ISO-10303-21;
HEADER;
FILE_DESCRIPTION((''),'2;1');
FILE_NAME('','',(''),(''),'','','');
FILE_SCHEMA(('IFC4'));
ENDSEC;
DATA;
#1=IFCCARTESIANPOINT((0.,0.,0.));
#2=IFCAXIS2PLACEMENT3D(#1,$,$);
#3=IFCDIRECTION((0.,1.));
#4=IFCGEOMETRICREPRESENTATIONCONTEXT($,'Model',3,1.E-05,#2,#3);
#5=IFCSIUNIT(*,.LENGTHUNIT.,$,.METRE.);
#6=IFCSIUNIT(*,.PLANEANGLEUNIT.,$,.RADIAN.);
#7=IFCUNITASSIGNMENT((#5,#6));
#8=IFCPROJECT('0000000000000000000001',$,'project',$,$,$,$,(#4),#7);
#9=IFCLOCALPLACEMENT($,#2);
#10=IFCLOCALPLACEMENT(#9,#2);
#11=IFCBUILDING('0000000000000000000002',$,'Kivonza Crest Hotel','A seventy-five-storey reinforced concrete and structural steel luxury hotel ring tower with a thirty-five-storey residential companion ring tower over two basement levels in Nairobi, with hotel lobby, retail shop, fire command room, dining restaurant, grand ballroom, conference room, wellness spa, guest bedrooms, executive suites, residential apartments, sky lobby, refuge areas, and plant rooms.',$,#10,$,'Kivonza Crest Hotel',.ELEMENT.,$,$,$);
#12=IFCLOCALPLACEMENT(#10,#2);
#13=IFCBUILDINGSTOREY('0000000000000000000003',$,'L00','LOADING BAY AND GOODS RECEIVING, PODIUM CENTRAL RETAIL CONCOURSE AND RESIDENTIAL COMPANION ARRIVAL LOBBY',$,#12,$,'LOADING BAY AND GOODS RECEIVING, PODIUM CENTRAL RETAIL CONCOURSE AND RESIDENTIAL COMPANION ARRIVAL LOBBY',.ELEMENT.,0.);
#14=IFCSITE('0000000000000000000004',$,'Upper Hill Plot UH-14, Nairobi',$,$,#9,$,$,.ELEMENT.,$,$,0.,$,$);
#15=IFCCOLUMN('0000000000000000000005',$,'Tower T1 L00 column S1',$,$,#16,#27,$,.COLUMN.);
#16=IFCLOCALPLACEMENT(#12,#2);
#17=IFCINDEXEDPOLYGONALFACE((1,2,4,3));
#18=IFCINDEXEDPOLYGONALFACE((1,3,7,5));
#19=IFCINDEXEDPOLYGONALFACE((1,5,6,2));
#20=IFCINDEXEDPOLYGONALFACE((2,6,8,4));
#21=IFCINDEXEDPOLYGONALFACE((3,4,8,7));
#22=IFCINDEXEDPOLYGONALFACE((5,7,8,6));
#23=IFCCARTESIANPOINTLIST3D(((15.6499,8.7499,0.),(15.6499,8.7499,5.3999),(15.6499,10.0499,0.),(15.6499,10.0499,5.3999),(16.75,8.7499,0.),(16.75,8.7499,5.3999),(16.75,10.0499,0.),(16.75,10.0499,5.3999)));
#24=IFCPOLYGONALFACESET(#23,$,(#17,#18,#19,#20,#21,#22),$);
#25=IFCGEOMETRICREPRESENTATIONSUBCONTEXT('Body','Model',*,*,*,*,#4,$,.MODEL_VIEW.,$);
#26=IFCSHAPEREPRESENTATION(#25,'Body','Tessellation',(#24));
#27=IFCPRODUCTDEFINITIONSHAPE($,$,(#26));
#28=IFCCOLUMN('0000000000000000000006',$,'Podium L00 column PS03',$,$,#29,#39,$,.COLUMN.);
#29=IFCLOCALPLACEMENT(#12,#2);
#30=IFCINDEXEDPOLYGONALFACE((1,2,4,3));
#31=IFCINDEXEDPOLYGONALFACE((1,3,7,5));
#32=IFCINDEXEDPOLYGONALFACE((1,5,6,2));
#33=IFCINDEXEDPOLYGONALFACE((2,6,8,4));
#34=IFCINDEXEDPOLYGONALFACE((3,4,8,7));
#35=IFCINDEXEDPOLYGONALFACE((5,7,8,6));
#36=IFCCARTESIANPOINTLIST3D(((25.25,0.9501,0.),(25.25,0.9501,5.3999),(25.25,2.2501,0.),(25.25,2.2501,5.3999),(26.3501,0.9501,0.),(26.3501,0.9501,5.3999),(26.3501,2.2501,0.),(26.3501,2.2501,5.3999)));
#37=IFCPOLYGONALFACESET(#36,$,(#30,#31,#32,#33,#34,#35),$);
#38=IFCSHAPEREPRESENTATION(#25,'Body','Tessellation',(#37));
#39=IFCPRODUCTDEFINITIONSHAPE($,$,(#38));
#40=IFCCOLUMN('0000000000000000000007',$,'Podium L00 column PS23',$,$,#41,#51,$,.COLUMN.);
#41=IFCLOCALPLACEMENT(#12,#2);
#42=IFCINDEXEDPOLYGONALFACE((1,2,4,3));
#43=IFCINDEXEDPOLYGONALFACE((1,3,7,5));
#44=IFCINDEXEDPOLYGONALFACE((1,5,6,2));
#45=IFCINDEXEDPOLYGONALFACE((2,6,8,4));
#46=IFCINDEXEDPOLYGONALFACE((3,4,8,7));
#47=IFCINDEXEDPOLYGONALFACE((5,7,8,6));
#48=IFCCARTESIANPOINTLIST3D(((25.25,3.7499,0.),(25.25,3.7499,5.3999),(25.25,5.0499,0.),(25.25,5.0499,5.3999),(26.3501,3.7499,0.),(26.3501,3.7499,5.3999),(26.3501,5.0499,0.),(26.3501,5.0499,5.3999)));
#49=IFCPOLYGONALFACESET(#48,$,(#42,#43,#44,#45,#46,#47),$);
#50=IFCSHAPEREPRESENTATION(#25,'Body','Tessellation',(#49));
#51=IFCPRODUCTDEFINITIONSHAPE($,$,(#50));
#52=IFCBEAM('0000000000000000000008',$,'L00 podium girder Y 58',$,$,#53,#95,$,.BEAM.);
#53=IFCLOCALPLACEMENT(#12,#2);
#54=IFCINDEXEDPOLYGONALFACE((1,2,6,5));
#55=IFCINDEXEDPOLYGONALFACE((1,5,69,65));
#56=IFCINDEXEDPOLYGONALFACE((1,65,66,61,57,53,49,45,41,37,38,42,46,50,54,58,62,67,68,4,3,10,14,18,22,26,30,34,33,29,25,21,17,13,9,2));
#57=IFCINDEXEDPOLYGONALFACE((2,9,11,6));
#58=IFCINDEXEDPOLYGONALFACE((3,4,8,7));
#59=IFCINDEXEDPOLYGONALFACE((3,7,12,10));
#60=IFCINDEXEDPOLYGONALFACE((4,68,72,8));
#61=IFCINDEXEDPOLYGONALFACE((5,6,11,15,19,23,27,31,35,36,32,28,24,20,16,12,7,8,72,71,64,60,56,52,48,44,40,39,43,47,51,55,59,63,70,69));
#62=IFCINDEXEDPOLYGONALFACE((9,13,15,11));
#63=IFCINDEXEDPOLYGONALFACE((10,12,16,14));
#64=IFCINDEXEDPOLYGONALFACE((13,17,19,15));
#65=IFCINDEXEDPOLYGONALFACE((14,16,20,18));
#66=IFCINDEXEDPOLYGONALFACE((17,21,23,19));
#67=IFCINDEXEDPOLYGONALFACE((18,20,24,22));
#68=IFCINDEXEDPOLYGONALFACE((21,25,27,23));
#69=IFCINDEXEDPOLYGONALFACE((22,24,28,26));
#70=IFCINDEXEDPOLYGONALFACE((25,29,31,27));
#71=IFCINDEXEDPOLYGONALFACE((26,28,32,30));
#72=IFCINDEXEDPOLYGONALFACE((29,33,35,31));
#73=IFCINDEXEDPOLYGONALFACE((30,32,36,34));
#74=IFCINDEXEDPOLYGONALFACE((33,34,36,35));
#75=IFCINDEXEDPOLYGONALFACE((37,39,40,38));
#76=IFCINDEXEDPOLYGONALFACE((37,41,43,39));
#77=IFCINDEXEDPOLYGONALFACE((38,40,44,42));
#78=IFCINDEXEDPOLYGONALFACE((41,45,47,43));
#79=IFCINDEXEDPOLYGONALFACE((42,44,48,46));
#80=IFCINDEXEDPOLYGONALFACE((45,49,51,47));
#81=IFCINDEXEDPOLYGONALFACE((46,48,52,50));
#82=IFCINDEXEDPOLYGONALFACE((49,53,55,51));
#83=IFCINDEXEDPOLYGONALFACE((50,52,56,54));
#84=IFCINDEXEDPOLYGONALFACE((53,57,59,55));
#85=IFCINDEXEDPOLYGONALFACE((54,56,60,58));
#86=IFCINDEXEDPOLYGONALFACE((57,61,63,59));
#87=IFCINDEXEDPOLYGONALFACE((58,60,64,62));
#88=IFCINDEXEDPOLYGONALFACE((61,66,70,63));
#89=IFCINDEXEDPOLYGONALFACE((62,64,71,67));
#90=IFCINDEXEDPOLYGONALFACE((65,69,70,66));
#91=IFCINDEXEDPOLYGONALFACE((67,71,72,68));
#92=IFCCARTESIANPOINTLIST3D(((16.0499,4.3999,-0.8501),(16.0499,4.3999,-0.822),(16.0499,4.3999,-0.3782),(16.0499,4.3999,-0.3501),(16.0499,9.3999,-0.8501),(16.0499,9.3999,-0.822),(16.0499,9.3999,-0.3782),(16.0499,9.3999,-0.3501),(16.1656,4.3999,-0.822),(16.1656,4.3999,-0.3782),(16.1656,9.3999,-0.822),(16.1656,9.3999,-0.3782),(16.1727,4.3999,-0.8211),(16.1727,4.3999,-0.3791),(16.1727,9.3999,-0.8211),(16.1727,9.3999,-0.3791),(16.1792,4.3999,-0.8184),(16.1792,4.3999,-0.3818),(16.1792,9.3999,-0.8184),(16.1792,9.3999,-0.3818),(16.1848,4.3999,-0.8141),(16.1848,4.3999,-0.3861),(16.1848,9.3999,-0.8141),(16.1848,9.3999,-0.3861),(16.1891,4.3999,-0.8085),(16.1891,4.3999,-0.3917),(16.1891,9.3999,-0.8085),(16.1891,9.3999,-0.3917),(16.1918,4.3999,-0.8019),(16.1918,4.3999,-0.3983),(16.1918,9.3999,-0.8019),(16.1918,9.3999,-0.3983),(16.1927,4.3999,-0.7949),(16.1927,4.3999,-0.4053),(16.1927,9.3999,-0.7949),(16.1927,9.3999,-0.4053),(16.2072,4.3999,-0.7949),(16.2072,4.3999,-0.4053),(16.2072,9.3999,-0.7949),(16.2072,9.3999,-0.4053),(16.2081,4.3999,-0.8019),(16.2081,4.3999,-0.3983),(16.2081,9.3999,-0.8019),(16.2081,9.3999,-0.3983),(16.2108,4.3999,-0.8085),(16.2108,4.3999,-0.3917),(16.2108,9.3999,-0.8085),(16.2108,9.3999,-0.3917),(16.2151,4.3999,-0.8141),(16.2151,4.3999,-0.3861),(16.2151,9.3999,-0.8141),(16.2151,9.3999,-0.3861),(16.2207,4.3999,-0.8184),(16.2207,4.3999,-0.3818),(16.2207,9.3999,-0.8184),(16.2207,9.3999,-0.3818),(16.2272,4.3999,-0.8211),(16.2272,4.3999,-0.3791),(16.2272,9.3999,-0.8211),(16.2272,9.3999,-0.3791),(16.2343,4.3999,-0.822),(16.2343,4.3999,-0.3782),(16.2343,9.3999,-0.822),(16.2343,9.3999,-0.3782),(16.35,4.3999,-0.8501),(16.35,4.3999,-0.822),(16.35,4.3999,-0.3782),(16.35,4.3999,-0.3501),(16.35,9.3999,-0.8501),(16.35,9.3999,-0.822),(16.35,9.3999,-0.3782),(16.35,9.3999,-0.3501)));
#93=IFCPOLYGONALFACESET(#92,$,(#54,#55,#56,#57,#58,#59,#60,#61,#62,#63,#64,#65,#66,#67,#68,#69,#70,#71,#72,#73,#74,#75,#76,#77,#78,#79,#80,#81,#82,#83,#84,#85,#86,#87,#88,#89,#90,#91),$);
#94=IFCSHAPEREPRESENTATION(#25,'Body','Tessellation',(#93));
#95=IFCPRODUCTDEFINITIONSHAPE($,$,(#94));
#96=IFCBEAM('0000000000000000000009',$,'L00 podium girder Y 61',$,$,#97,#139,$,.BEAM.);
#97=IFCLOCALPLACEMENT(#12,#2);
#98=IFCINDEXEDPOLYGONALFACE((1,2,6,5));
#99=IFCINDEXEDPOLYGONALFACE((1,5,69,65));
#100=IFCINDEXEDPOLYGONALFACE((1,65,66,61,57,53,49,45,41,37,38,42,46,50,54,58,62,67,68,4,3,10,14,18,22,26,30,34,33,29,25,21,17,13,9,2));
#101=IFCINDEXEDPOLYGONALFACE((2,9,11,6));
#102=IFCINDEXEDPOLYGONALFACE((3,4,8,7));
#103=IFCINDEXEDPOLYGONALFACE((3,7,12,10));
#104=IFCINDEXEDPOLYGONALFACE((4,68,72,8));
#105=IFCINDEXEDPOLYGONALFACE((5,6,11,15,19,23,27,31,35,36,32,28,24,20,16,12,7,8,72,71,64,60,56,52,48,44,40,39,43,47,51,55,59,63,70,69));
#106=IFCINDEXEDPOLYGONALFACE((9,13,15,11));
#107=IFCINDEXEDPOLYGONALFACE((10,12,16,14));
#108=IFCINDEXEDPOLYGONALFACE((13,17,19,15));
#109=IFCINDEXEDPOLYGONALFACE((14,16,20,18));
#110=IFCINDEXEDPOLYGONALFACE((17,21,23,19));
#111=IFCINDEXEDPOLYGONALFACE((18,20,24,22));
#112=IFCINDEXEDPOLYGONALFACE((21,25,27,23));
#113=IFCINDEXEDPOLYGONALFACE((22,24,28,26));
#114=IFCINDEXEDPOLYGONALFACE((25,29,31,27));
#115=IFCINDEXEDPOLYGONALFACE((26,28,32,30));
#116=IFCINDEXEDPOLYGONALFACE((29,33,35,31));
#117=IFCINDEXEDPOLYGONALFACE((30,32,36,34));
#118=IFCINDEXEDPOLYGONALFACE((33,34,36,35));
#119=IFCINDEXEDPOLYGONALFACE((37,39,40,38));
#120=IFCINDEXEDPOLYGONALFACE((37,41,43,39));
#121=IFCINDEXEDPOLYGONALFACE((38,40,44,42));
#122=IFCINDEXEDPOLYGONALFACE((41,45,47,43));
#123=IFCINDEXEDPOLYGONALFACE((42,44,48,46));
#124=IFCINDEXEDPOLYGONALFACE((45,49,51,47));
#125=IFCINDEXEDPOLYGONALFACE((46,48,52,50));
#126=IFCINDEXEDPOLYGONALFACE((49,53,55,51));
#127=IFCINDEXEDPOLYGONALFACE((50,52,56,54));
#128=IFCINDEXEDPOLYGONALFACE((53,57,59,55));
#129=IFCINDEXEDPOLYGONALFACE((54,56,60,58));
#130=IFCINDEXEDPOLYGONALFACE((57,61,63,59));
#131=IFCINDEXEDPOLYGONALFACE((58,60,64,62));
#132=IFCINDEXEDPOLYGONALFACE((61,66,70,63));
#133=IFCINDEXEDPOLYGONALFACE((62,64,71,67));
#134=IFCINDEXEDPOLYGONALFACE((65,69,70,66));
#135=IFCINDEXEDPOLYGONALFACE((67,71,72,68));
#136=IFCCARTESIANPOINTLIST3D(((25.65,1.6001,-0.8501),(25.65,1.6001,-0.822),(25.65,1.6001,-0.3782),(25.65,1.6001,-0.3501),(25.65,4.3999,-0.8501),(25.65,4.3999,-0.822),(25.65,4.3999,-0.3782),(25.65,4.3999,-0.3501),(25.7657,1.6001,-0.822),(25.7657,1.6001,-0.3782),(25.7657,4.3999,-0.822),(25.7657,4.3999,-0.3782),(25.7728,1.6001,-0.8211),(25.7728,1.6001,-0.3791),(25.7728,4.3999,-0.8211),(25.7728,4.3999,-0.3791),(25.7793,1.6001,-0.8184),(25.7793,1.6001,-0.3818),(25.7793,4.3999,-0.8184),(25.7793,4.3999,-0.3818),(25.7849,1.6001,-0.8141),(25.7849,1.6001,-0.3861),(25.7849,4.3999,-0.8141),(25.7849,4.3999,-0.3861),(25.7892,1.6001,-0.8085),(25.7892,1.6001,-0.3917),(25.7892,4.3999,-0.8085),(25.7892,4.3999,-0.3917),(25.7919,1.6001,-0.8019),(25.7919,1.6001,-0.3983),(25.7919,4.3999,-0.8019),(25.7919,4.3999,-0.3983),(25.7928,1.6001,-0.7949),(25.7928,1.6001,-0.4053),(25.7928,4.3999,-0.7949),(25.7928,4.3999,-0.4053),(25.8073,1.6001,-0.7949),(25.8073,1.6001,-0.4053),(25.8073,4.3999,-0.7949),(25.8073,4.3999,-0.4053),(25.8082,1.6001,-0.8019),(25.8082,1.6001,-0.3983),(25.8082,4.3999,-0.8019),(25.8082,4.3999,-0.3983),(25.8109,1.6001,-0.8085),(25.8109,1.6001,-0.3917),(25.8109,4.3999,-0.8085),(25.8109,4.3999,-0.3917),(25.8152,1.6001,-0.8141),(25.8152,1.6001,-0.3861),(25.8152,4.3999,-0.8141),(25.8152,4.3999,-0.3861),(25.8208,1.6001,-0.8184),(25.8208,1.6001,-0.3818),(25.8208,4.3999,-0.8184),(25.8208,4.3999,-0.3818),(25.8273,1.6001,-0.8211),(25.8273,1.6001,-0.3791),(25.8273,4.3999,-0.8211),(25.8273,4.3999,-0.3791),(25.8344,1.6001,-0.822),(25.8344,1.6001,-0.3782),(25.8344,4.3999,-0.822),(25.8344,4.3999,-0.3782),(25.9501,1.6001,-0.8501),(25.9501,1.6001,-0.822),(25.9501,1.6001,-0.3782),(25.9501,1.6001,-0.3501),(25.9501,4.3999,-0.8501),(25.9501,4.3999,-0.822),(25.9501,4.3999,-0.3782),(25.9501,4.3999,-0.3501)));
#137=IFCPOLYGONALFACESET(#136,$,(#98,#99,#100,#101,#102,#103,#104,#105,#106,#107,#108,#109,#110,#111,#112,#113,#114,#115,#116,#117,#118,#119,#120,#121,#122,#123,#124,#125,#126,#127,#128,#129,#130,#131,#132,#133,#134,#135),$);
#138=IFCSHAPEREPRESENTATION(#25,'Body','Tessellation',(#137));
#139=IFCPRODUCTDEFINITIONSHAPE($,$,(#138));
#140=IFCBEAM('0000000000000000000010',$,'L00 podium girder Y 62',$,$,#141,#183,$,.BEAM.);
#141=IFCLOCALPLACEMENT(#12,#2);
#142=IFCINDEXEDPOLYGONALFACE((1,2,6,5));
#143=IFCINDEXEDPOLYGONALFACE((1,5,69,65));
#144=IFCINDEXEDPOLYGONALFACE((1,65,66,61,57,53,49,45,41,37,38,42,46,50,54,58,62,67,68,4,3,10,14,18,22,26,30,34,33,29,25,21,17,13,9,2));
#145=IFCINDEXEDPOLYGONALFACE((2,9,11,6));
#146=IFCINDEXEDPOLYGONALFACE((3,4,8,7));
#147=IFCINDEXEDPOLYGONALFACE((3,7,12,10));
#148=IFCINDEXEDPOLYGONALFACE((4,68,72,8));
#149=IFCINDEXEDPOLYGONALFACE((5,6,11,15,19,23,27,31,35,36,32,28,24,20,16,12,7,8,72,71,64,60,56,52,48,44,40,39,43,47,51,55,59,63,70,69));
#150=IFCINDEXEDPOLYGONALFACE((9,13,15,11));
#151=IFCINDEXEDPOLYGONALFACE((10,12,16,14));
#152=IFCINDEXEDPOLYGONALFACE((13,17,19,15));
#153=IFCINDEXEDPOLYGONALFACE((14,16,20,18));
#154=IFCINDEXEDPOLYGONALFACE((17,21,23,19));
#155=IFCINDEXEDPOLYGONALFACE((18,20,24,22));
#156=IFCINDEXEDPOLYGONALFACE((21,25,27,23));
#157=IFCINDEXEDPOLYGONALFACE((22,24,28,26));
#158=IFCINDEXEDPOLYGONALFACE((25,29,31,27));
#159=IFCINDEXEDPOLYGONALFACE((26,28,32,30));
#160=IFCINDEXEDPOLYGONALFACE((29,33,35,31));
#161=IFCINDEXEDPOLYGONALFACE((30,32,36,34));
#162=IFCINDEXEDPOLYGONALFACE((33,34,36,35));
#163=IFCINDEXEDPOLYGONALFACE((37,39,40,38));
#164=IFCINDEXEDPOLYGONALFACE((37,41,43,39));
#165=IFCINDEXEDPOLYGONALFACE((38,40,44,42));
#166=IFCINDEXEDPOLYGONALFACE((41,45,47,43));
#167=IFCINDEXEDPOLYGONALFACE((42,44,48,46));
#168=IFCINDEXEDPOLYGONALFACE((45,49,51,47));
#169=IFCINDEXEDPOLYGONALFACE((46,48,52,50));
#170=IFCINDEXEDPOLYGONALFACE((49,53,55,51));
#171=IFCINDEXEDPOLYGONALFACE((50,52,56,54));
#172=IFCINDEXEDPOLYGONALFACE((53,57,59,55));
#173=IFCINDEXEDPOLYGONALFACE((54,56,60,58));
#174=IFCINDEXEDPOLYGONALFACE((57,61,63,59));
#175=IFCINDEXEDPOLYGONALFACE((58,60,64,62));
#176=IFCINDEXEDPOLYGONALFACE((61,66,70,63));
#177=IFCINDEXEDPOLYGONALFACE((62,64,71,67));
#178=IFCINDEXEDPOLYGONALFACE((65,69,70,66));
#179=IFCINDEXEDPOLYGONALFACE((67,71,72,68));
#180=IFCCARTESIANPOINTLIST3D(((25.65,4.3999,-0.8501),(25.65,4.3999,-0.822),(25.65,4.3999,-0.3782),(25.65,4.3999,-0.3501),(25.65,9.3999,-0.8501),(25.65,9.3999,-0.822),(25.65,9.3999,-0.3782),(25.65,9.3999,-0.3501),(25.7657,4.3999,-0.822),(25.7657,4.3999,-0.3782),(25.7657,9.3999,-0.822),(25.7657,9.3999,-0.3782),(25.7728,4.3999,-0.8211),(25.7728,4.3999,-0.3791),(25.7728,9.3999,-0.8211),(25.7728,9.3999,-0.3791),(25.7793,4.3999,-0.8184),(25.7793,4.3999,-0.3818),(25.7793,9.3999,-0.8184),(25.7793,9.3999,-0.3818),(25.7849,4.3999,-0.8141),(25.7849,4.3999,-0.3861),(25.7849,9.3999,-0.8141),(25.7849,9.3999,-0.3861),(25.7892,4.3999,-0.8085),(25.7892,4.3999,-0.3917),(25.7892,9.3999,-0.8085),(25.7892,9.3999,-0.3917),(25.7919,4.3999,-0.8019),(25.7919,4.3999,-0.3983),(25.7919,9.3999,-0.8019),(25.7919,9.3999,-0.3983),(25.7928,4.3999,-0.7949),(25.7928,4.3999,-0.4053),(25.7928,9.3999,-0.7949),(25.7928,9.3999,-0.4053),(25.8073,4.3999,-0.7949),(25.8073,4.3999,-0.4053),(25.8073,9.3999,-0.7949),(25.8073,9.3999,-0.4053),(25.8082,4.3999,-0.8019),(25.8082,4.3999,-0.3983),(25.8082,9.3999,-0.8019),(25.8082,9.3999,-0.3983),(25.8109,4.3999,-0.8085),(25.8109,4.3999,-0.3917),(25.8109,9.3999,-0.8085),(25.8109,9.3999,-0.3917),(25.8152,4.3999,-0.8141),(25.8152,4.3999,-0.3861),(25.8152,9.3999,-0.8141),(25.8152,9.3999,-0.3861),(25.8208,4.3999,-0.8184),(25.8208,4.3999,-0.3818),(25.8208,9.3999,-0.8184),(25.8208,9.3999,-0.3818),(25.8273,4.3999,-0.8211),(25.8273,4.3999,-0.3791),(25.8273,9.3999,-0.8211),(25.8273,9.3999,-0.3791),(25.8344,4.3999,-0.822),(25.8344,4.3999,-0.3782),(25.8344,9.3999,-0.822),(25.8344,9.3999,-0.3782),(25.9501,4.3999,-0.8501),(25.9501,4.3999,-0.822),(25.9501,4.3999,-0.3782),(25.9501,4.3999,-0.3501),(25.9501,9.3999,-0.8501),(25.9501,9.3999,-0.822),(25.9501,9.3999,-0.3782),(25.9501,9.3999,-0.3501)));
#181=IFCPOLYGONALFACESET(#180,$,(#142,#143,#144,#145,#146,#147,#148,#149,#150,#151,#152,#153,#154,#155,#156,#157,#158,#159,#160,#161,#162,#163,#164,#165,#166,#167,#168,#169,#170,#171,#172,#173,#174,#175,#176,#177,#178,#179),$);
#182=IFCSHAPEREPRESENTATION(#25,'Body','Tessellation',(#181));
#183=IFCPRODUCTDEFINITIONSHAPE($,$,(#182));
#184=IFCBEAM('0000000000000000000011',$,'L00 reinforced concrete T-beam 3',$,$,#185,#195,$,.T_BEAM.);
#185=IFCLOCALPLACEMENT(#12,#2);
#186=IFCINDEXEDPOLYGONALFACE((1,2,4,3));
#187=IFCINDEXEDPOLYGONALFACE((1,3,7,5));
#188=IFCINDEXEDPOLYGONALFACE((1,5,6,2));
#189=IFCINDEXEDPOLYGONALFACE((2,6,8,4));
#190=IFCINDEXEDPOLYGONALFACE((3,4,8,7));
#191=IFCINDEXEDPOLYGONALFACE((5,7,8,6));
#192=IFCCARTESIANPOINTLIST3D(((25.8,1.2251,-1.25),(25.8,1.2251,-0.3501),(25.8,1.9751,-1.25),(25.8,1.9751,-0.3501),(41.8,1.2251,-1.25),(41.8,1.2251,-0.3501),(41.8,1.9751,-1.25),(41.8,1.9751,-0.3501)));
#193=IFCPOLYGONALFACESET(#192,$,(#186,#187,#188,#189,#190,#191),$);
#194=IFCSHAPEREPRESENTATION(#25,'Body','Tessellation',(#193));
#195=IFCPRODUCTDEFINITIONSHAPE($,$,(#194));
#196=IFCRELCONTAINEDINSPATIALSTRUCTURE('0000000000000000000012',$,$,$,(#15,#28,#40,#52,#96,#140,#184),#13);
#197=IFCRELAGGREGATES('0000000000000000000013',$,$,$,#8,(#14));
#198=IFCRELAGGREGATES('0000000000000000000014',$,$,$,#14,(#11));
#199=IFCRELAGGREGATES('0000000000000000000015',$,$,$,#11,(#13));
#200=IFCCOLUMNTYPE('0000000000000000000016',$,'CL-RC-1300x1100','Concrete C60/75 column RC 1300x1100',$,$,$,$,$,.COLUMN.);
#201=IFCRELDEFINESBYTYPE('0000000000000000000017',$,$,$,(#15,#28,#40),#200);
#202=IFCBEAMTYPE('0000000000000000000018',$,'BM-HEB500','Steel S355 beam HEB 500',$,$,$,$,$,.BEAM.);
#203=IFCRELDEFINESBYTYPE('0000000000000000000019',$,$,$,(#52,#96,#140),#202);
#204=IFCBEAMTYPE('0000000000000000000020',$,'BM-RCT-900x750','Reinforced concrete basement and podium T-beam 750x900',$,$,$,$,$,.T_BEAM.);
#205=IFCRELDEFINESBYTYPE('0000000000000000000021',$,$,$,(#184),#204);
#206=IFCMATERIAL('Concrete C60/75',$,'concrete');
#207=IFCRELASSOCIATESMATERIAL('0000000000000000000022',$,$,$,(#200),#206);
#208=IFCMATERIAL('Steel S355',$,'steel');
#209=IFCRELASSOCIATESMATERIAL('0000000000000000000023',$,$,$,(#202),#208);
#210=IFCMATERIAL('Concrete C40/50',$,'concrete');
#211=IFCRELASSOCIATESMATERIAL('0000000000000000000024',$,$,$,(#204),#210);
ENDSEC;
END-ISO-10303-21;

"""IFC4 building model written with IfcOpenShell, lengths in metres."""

from ifc_helpers import new_model, si_unit, direction, frame, origin, origin_2d, place, context, subcontext, project, spatial, rectangle, i_section, extrude, material, material_profile, profile_set, type_object, element, save


model = new_model("IFC4")

# Units and contexts
model_context = context("Model", 3, precision=1e-05, world=origin(), true_north=direction((0.0, 1.0)))
body_context = subcontext(model_context, "Body", "Model", "MODEL_VIEW")
ifc_project = project(units=[si_unit("LENGTHUNIT", "METRE"), si_unit("PLANEANGLEUNIT", "RADIAN")], contexts=[model_context])

# Site, building, storey
site_placement = place(None, origin())
site = spatial("IfcSite", under=ifc_project, at=site_placement, Name="Upper Hill Plot UH-14, Nairobi", CompositionType="ELEMENT", RefElevation=0.0)
building_placement = place(site_placement, origin())
building = spatial("IfcBuilding", under=site, at=building_placement, Name="Kivonza Crest Hotel", Description="A seventy-five-storey reinforced concrete and structural steel luxury hotel ring tower with a thirty-five-storey residential companion ring tower over two basement levels in Nairobi, with hotel lobby, retail shop, fire command room, dining restaurant, grand ballroom, conference room, wellness spa, guest bedrooms, executive suites, residential apartments, sky lobby, refuge areas, and plant rooms.", LongName="Kivonza Crest Hotel", CompositionType="ELEMENT")
storey_placement = place(building_placement, origin())
storey = spatial("IfcBuildingStorey", under=building, at=storey_placement, Name="L00", Description="LOADING BAY AND GOODS RECEIVING, PODIUM CENTRAL RETAIL CONCOURSE AND RESIDENTIAL COMPANION ARRIVAL LOBBY", LongName="LOADING BAY AND GOODS RECEIVING, PODIUM CENTRAL RETAIL CONCOURSE AND RESIDENTIAL COMPANION ARRIVAL LOBBY", CompositionType="ELEMENT", Elevation=0.0)

# Columns
ifc_material_1 = material(Name="Concrete C60/75", Category="concrete")
ifc_material_profile_1 = material_profile(ifc_material_1, rectangle(XDim=1.1001, YDim=1.3, at=origin_2d()), Name="RC 1300x1100")
ifc_profile_set_1 = profile_set([ifc_material_profile_1], Name="Concrete C60/75")
column_type = type_object("IfcColumnType", Name="CL-RC-1300x1100", Description="Concrete C60/75 column RC 1300x1100", PredefinedType="COLUMN", material=ifc_profile_set_1)
for number, where, z_axis, x_axis, name in (
    (1, (16.2, 9.3999, 0.0), (0.0, 0.0, 1.0), (1.0, 0.0, 0.0), "Tower T1 L00 column S1"),
    (2, (25.8, 1.6001, 0.0), (0.0, 0.0, 1.0), (1.0, 0.0, 0.0), "Podium L00 column PS03"),
    (3, (25.8, 4.3999, 0.0), (0.0, 0.0, 1.0), (1.0, 0.0, 0.0), "Podium L00 column PS23"),
):
    element("IfcColumn", number, at=place(storey_placement, frame(where, z_axis=z_axis, x_axis=x_axis)), inside=storey, type_object=column_type, Name=name, PredefinedType="COLUMN", context=body_context, shape_type="SweptSolid", body=[
        extrude(rectangle(XDim=1.1001, YDim=1.3, at=origin_2d()), origin(), (0.0, 0.0, 1.0), 5.3999),
    ])

# Beams
ifc_material_2 = material(Name="Steel S355", Category="steel")
ifc_material_profile_2 = material_profile(ifc_material_2, i_section(OverallWidth=0.3, OverallDepth=0.5, WebThickness=0.0144, FlangeThickness=0.0281, FilletRadius=0.0271, at=origin_2d()), Name="HEB 500")
ifc_profile_set_2 = profile_set([ifc_material_profile_2], Name="Steel S355")
beam_type_1 = type_object("IfcBeamType", Name="BM-HEB500", Description="Steel S355 beam HEB 500", PredefinedType="BEAM", material=ifc_profile_set_2)
beam_1_placement = place(storey_placement, frame((16.2, 4.3999, -0.6001), z_axis=(0.0, 1.0, 0.0), x_axis=(-1.0, 0.0, 0.0)))
element("IfcBeam", 4, at=beam_1_placement, inside=storey, type_object=beam_type_1, Name="L00 podium girder Y 58", PredefinedType="BEAM", context=body_context, shape_type="SweptSolid", body=[
    extrude(i_section(OverallWidth=0.3, OverallDepth=0.5, WebThickness=0.0144, FlangeThickness=0.0281, FilletRadius=0.0271, at=origin_2d()), origin(), (0.0, 0.0, 1.0), 5.0),
])
beam_2_placement = place(storey_placement, frame((25.8, 1.6001, -0.6001), z_axis=(0.0, 1.0, 0.0), x_axis=(-1.0, 0.0, 0.0)))
element("IfcBeam", 5, at=beam_2_placement, inside=storey, type_object=beam_type_1, Name="L00 podium girder Y 61", PredefinedType="BEAM", context=body_context, shape_type="SweptSolid", body=[
    extrude(i_section(OverallWidth=0.3, OverallDepth=0.5, WebThickness=0.0144, FlangeThickness=0.0281, FilletRadius=0.0271, at=origin_2d()), origin(), (0.0, 0.0, 1.0), 2.7998),
])
beam_3_placement = place(storey_placement, frame((25.8, 4.3999, -0.6001), z_axis=(0.0, 1.0, 0.0), x_axis=(-1.0, 0.0, 0.0)))
element("IfcBeam", 6, at=beam_3_placement, inside=storey, type_object=beam_type_1, Name="L00 podium girder Y 62", PredefinedType="BEAM", context=body_context, shape_type="SweptSolid", body=[
    extrude(i_section(OverallWidth=0.3, OverallDepth=0.5, WebThickness=0.0144, FlangeThickness=0.0281, FilletRadius=0.0271, at=origin_2d()), origin(), (0.0, 0.0, 1.0), 5.0),
])
ifc_material_3 = material(Name="Concrete C40/50", Category="concrete")
ifc_material_profile_3 = material_profile(ifc_material_3, rectangle(XDim=0.75, YDim=0.8999, at=origin_2d()), Name="RC 900x750")
ifc_profile_set_3 = profile_set([ifc_material_profile_3], Name="Concrete C40/50")
beam_type_2 = type_object("IfcBeamType", Name="BM-RCT-900x750", Description="Reinforced concrete basement and podium T-beam 750x900", PredefinedType="T_BEAM", material=ifc_profile_set_3)
beam_4_placement = place(storey_placement, frame((25.8, 1.6001, -0.8), z_axis=(1.0, 0.0, 0.0), x_axis=(0.0, 1.0, 0.0)))
element("IfcBeam", 7, at=beam_4_placement, inside=storey, type_object=beam_type_2, Name="L00 reinforced concrete T-beam 3", PredefinedType="T_BEAM", context=body_context, shape_type="SweptSolid", body=[
    extrude(rectangle(XDim=0.75, YDim=0.8999, at=origin_2d()), origin(), (0.0, 0.0, 1.0), 16.0),
])

save(model, "model.ifc")
